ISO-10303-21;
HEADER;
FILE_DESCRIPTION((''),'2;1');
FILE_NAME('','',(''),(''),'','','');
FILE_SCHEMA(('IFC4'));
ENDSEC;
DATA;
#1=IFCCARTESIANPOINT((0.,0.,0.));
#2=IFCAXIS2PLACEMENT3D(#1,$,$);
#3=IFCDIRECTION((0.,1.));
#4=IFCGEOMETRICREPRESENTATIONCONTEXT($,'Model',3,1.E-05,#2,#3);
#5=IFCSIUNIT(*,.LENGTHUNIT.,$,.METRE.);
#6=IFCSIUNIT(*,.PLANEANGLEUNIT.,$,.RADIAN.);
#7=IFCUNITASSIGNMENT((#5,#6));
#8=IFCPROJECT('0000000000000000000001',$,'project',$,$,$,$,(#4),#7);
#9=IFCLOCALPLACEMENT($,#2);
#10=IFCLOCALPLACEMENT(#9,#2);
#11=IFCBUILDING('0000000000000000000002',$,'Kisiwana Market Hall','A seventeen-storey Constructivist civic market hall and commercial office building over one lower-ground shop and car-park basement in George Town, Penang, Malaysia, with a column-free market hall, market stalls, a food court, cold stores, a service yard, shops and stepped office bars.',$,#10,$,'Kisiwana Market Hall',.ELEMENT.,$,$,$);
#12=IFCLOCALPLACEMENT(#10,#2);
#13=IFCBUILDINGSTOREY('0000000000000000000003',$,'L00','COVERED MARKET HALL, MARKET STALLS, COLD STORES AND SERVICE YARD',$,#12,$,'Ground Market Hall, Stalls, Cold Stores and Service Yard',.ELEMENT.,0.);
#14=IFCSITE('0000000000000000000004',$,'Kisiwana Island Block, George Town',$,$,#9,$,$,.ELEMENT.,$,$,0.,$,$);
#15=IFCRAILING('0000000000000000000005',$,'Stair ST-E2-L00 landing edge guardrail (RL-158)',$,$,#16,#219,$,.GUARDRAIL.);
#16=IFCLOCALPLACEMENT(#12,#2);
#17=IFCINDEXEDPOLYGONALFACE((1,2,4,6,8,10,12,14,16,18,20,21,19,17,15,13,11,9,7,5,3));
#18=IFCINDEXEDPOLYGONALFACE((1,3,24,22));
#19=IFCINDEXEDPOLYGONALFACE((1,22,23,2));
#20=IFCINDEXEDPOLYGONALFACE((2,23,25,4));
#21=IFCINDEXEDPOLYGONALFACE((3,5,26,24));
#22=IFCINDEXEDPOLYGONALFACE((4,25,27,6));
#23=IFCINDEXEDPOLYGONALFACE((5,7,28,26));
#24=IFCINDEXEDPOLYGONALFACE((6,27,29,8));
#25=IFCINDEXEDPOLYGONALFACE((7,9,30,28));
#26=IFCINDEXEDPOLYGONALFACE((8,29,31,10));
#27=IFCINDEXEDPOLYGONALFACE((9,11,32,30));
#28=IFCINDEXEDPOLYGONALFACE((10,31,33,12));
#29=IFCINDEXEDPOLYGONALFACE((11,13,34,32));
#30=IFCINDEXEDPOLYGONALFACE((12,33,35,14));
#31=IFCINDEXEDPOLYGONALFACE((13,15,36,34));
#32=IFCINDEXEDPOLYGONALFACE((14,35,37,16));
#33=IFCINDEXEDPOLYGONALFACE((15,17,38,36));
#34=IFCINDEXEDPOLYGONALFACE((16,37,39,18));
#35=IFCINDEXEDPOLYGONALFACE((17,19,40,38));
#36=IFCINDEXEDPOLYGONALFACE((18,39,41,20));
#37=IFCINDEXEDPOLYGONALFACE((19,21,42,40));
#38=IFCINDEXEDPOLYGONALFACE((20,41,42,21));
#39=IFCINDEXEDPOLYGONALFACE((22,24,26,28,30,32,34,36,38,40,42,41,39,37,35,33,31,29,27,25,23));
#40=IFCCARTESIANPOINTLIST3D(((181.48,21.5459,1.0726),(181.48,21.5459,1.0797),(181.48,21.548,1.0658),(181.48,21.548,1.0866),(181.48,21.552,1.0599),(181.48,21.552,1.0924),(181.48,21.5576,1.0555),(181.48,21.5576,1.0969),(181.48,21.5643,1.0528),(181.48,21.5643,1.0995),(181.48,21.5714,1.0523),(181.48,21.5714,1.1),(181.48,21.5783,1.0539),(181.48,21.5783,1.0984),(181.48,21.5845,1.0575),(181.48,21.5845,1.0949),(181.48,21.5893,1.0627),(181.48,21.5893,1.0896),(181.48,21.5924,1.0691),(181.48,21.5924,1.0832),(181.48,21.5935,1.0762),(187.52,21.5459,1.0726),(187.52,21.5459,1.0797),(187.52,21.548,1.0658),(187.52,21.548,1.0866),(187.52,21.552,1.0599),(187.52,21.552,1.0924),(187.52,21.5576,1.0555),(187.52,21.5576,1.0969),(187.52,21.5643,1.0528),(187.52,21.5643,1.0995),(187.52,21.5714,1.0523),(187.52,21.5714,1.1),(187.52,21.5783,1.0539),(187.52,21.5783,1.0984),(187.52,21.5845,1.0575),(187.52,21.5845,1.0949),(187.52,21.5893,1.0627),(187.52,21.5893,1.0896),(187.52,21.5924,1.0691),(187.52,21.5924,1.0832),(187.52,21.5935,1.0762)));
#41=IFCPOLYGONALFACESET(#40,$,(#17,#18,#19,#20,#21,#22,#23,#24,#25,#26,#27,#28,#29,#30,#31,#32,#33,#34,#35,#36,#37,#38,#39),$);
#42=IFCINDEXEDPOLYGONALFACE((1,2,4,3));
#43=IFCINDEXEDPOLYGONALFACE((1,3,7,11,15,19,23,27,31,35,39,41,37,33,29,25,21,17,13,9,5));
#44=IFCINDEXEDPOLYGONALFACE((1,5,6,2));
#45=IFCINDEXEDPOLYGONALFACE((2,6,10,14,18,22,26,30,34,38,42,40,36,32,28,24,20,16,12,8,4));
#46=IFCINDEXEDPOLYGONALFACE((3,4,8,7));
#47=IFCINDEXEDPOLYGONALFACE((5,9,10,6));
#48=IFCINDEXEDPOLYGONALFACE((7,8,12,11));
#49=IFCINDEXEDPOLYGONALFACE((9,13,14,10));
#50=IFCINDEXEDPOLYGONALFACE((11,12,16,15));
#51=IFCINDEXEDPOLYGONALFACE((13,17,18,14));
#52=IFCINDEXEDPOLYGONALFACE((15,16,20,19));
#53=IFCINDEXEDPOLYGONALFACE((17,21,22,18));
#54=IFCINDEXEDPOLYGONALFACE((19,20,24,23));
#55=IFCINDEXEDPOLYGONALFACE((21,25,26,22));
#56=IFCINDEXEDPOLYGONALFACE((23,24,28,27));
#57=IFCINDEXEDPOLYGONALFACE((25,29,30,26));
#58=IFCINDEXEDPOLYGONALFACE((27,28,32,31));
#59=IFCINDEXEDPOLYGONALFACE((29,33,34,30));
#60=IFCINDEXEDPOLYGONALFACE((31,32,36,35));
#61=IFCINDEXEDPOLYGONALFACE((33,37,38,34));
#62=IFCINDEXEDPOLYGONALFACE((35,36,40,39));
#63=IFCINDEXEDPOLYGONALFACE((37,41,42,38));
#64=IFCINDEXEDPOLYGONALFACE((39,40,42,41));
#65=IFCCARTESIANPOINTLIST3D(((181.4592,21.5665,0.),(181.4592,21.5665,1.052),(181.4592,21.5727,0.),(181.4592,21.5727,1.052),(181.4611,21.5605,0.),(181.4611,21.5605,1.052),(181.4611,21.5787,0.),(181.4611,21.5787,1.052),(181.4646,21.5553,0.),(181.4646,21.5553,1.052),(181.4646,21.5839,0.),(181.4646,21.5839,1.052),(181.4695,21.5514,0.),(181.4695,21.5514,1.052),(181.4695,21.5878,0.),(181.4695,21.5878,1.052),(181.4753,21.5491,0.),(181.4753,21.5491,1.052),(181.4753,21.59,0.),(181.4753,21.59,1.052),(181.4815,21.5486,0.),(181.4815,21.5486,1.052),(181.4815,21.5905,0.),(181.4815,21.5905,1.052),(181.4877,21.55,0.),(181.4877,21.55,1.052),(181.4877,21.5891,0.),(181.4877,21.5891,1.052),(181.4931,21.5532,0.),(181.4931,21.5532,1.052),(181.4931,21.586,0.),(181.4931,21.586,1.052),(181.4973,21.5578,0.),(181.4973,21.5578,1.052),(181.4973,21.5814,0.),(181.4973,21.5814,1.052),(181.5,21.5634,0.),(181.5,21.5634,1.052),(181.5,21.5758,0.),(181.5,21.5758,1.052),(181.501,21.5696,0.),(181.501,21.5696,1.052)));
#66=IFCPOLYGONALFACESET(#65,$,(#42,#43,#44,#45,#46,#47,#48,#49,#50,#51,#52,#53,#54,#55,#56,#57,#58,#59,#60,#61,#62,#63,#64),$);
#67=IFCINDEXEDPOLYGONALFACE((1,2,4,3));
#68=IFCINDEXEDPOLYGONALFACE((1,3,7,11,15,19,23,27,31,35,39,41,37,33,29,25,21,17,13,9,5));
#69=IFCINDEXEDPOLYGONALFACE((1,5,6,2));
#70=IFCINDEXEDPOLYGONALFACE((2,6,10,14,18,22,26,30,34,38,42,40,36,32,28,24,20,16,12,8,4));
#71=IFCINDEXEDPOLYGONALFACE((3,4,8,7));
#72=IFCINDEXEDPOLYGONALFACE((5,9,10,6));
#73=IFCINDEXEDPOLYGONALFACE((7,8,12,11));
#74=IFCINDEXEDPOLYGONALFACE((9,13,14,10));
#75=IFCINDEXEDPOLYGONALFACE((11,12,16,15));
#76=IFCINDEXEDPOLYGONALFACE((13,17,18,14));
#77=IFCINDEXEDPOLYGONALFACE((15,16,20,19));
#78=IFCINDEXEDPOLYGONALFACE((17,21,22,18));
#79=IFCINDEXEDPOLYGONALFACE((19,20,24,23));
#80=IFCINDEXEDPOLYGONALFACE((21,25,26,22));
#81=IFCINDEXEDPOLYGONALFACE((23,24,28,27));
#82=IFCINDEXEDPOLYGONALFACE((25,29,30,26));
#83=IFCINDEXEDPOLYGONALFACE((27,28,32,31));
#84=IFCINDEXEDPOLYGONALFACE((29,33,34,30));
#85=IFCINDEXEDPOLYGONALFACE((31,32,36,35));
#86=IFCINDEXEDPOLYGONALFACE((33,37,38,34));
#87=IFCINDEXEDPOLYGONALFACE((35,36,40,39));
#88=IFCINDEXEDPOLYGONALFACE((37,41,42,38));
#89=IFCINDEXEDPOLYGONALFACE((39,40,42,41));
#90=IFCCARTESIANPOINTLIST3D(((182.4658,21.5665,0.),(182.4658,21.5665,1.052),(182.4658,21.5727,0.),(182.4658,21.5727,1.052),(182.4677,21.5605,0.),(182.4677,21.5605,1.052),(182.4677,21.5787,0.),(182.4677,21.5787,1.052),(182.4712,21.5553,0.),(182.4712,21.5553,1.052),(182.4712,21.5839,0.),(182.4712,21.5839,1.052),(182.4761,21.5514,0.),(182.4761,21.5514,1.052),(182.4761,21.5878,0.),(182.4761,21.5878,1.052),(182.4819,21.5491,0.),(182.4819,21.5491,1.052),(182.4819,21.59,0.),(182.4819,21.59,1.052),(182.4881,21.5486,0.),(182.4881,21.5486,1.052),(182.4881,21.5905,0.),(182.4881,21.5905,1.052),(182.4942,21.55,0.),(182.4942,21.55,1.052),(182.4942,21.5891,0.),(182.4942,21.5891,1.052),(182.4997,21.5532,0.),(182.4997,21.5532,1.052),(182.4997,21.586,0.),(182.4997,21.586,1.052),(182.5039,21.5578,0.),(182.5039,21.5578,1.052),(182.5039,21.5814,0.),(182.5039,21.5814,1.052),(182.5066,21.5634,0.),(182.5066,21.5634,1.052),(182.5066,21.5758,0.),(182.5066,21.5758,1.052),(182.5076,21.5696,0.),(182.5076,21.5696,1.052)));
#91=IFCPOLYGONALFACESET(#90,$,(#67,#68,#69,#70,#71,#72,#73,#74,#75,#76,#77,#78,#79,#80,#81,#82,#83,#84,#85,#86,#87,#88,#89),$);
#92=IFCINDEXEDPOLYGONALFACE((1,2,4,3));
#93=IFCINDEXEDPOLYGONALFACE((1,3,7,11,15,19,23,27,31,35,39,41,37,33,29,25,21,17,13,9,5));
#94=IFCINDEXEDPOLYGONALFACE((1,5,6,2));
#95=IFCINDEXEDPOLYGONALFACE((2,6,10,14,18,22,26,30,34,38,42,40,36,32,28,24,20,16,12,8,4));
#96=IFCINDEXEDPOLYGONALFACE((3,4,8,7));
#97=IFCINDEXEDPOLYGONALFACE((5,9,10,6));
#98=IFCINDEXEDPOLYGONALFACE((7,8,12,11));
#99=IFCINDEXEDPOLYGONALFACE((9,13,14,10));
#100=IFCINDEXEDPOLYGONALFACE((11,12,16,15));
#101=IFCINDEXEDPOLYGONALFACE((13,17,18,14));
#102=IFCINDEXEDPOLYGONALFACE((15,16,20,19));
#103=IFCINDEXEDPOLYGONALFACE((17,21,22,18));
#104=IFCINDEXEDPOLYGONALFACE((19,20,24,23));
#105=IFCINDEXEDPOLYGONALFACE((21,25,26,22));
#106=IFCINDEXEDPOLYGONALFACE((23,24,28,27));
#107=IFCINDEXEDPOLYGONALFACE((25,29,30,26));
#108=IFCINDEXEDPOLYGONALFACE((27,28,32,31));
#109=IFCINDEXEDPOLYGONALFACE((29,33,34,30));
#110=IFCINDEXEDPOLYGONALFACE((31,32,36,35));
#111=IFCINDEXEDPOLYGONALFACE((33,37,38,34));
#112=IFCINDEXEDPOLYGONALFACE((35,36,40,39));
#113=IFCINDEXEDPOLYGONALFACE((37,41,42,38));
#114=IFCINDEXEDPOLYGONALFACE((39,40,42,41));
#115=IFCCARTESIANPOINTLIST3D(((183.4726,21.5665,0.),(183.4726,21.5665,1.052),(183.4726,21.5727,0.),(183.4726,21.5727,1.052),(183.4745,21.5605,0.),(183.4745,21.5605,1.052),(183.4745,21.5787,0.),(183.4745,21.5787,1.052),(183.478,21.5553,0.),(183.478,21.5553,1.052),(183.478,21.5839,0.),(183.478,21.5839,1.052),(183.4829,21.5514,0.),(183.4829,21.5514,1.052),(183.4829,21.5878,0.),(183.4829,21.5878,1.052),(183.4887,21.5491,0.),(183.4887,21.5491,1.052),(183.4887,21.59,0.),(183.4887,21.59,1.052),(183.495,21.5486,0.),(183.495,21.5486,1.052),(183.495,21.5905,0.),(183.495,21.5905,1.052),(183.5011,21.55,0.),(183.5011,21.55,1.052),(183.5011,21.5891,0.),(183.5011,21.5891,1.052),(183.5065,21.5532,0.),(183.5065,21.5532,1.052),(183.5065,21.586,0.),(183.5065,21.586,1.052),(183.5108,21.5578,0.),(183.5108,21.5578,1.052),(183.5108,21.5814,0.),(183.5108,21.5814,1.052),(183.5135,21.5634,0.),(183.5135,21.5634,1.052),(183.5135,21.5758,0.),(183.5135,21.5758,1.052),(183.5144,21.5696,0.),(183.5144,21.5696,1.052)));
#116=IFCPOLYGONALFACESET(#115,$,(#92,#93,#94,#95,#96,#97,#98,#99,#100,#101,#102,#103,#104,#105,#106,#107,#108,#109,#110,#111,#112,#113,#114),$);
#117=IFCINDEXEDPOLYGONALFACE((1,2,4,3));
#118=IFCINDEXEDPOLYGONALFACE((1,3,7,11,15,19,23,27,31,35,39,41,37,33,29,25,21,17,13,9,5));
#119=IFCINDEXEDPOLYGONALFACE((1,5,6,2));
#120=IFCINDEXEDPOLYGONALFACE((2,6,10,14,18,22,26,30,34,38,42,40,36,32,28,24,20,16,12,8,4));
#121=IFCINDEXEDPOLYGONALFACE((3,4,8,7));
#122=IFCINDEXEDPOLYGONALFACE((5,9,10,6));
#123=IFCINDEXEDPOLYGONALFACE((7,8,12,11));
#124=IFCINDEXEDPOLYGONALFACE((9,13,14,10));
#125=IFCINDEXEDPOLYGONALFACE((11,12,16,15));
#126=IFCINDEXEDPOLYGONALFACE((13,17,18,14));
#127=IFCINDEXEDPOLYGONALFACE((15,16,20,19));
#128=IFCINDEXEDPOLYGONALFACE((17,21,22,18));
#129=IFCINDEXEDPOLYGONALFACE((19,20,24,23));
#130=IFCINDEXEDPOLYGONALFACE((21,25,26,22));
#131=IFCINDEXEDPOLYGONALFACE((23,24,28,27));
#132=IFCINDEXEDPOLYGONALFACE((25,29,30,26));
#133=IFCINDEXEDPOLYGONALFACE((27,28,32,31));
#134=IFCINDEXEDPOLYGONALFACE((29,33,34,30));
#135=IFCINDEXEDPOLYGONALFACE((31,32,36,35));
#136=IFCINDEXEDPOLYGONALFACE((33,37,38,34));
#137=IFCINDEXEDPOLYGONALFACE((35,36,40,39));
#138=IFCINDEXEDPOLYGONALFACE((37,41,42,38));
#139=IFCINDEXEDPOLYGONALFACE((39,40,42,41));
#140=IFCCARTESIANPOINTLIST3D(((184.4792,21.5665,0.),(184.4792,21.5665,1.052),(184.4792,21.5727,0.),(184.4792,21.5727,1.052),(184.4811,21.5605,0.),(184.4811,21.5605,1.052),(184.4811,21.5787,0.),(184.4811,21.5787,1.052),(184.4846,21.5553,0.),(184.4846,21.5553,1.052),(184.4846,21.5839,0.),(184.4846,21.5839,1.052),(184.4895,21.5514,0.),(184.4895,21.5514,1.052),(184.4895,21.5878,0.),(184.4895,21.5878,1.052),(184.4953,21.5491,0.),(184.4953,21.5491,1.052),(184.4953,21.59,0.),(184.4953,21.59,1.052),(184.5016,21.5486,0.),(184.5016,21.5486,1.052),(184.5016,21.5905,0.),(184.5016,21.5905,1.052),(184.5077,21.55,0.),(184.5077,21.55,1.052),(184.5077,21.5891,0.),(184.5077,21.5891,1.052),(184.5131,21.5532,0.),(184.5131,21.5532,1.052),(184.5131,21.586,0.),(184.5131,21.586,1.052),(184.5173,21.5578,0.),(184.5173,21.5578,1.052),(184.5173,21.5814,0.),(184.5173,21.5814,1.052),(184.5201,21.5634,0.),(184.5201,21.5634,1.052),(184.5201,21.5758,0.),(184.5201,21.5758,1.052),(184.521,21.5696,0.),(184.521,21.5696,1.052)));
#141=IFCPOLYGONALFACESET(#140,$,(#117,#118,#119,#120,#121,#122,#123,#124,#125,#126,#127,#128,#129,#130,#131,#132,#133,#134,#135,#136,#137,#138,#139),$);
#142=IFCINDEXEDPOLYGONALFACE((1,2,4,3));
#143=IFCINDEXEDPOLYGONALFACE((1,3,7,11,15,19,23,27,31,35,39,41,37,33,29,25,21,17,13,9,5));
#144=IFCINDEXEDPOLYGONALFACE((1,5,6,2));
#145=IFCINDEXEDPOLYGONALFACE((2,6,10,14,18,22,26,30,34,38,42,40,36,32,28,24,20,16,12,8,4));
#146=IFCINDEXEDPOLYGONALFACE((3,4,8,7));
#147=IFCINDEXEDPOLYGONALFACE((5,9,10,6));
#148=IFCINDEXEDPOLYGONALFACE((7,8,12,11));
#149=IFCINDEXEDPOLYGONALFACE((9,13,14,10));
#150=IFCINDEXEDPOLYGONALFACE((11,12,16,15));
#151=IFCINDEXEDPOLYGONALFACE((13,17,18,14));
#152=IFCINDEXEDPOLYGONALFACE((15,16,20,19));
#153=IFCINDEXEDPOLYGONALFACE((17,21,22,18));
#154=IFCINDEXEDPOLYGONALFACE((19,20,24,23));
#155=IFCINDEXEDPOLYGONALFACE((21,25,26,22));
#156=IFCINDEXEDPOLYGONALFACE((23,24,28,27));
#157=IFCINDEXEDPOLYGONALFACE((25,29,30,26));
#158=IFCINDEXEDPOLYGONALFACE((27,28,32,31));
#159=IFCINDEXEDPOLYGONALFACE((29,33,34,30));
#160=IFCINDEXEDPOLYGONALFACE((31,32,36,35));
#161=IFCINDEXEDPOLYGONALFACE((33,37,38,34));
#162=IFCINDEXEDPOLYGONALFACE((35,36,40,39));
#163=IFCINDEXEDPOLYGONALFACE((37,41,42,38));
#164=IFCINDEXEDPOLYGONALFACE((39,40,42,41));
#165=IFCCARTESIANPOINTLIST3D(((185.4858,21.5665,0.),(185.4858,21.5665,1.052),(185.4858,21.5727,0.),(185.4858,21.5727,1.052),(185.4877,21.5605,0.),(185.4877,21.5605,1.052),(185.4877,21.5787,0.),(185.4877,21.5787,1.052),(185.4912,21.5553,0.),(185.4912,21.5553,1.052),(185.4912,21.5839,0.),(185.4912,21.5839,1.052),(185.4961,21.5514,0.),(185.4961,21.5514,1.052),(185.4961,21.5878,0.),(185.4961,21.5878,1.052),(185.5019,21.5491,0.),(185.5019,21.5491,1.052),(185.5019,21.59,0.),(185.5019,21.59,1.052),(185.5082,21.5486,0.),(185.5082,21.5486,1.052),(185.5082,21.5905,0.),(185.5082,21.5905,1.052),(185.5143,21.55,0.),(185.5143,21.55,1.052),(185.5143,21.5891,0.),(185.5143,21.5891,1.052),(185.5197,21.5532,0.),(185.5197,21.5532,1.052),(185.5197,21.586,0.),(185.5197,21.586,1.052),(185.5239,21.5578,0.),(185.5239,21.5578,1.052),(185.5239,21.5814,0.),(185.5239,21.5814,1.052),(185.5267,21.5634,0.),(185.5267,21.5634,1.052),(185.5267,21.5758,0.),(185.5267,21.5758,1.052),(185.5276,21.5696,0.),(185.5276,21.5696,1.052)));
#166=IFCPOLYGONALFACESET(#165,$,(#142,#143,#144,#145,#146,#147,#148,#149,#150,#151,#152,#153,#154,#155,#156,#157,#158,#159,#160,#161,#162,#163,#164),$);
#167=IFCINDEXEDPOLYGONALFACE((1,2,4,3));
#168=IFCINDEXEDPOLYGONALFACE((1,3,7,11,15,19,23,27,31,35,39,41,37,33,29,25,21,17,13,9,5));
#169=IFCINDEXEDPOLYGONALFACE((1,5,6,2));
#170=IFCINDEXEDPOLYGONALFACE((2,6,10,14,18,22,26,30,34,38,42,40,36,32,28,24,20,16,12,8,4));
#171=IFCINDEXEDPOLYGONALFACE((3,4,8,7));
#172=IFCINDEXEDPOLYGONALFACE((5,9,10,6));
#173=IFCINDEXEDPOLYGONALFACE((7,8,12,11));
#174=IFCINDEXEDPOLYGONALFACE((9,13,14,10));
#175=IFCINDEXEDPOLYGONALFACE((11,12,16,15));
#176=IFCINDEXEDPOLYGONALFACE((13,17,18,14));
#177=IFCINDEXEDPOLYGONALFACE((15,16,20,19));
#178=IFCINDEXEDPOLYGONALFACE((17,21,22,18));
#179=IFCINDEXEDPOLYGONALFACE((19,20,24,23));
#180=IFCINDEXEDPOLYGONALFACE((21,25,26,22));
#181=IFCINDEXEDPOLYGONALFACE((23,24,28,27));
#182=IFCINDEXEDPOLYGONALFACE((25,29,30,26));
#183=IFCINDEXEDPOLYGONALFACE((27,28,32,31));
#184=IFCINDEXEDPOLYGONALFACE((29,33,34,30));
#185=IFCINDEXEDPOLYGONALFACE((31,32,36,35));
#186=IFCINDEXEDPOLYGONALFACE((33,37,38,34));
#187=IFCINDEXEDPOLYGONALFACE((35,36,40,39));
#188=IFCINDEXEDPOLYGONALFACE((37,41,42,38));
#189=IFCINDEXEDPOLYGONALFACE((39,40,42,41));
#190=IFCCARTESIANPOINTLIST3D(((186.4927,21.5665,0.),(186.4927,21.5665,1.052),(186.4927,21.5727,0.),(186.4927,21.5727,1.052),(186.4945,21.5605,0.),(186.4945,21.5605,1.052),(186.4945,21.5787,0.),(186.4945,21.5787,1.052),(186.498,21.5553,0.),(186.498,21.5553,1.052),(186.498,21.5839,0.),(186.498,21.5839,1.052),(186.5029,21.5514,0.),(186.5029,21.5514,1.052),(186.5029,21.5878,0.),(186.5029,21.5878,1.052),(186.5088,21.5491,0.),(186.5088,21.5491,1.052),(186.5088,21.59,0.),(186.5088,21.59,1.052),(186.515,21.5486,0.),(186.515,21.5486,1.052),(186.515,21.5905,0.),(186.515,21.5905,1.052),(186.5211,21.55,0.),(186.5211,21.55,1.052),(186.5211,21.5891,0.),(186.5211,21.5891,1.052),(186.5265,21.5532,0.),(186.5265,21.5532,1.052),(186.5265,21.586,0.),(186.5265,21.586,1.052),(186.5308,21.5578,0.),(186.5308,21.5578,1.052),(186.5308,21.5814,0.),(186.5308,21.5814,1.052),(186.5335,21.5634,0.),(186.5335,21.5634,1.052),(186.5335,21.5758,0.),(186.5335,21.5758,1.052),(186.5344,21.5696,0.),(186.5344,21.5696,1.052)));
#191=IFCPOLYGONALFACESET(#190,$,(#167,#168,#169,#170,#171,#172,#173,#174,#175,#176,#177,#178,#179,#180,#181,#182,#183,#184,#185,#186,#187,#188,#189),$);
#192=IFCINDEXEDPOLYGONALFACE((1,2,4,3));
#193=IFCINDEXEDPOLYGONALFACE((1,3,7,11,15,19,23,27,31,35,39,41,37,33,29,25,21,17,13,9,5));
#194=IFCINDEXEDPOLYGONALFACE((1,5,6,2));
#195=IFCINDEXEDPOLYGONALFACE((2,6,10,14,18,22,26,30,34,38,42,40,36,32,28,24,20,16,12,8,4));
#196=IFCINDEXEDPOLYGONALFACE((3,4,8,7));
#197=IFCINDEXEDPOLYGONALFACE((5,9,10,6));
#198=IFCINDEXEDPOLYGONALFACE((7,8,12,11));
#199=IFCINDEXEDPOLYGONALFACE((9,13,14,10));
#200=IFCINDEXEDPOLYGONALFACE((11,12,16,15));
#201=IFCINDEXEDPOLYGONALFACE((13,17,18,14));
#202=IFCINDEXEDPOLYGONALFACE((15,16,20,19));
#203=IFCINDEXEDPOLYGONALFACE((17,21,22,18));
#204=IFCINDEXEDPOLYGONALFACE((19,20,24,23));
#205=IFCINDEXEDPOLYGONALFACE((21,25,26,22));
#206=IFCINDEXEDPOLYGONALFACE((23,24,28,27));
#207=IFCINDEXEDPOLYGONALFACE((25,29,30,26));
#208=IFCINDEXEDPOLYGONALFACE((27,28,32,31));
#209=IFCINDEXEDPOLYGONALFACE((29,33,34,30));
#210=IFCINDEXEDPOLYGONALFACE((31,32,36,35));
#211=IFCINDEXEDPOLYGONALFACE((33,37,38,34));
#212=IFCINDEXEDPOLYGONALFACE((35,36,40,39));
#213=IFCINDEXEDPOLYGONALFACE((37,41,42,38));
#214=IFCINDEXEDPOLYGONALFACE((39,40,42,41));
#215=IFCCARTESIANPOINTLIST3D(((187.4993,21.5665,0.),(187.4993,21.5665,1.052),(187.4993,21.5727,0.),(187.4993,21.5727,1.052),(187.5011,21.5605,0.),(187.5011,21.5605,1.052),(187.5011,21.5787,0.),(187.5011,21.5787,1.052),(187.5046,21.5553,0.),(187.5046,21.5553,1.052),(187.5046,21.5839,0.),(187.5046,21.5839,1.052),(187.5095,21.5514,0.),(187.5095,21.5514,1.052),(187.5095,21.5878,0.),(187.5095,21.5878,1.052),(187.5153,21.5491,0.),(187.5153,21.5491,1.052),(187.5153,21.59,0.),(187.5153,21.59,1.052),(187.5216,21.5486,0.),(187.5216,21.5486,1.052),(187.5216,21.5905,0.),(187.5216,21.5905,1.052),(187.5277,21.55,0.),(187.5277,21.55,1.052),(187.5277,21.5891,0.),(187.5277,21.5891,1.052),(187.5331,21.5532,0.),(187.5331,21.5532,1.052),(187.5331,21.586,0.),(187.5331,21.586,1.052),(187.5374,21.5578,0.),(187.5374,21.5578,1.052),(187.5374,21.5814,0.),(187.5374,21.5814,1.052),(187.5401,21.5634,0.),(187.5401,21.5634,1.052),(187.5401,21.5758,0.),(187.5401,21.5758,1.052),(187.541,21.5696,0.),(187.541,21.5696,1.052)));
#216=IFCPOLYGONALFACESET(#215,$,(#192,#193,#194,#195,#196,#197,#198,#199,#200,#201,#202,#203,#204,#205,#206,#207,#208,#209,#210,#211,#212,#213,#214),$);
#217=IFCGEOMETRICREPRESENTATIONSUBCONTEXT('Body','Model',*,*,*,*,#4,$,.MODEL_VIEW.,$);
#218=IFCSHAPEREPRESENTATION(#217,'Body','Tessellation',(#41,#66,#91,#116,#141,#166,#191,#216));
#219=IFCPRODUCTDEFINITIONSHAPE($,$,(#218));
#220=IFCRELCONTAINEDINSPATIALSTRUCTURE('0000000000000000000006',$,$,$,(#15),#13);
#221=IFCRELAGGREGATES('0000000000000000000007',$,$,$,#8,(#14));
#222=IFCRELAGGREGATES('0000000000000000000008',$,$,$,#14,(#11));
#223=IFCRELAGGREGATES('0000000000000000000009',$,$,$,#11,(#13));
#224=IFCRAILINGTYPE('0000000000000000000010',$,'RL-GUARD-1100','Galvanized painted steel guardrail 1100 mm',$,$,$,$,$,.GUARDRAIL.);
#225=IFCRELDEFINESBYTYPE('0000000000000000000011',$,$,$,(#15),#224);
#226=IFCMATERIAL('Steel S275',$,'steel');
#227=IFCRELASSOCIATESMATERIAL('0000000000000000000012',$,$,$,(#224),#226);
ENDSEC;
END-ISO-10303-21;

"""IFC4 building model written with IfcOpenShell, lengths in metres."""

from ifc_helpers import new_model, si_unit, direction, frame, origin, origin_2d, place, context, subcontext, project, spatial, circle, extrude, material, type_object, element, save


model = new_model("IFC4")

# Units and contexts
model_context = context("Model", 3, precision=1e-05, world=origin(), true_north=direction((0.0, 1.0)))
body_context = subcontext(model_context, "Body", "Model", "MODEL_VIEW")
ifc_project = project(units=[si_unit("LENGTHUNIT", "METRE"), si_unit("PLANEANGLEUNIT", "RADIAN")], contexts=[model_context])

# Site, building, storey
site_placement = place(None, origin())
site = spatial("IfcSite", under=ifc_project, at=site_placement, Name="Kisiwana Island Block, George Town", CompositionType="ELEMENT", RefElevation=0.0)
building_placement = place(site_placement, origin())
building = spatial("IfcBuilding", under=site, at=building_placement, Name="Kisiwana Market Hall", Description="A seventeen-storey Constructivist civic market hall and commercial office building over one lower-ground shop and car-park basement in George Town, Penang, Malaysia, with a column-free market hall, market stalls, a food court, cold stores, a service yard, shops and stepped office bars.", LongName="Kisiwana Market Hall", CompositionType="ELEMENT")
storey_placement = place(building_placement, origin())
storey = spatial("IfcBuildingStorey", under=building, at=storey_placement, Name="L00", Description="COVERED MARKET HALL, MARKET STALLS, COLD STORES AND SERVICE YARD", LongName="Ground Market Hall, Stalls, Cold Stores and Service Yard", CompositionType="ELEMENT", Elevation=0.0)

# Railing
ifc_material_1 = material(Name="Steel S275", Category="steel")
railing_type_1 = type_object("IfcRailingType", Name="RL-GUARD-1100", Description="Galvanized painted steel guardrail 1100 mm", PredefinedType="GUARDRAIL", material=ifc_material_1)
railing_1_placement = place(storey_placement, frame((181.48, 21.5696, 0.0)))
element("IfcRailing", 1, at=railing_1_placement, inside=storey, type_object=railing_type_1, Name="Stair ST-E2-L00 landing edge guardrail (RL-158)", PredefinedType="GUARDRAIL", context=body_context, shape_type="SweptSolid", body=[
    extrude(circle(Radius=0.0239, at=origin_2d()), frame((0.0, 0.0, 1.0762), z_axis=(1.0, 0.0, 0.0), x_axis=(0.0, 1.0, 0.0)), (0.0, 0.0, 1.0), 6.04),
    extrude(circle(Radius=0.021, at=origin_2d()), origin(), (0.0, 0.0, 1.0), 1.052),
    extrude(circle(Radius=0.021, at=origin_2d()), frame((1.0066, 0.0, 0.0)), (0.0, 0.0, 1.0), 1.052),
    extrude(circle(Radius=0.021, at=origin_2d()), frame((2.0134, 0.0, 0.0)), (0.0, 0.0, 1.0), 1.052),
    extrude(circle(Radius=0.021, at=origin_2d()), frame((3.02, 0.0, 0.0)), (0.0, 0.0, 1.0), 1.052),
    extrude(circle(Radius=0.021, at=origin_2d()), frame((4.0266, 0.0, 0.0)), (0.0, 0.0, 1.0), 1.052),
    extrude(circle(Radius=0.021, at=origin_2d()), frame((5.0334, 0.0, 0.0)), (0.0, 0.0, 1.0), 1.052),
    extrude(circle(Radius=0.021, at=origin_2d()), frame((6.04, 0.0, 0.0)), (0.0, 0.0, 1.0), 1.052),
])

save(model, "model.ifc")
